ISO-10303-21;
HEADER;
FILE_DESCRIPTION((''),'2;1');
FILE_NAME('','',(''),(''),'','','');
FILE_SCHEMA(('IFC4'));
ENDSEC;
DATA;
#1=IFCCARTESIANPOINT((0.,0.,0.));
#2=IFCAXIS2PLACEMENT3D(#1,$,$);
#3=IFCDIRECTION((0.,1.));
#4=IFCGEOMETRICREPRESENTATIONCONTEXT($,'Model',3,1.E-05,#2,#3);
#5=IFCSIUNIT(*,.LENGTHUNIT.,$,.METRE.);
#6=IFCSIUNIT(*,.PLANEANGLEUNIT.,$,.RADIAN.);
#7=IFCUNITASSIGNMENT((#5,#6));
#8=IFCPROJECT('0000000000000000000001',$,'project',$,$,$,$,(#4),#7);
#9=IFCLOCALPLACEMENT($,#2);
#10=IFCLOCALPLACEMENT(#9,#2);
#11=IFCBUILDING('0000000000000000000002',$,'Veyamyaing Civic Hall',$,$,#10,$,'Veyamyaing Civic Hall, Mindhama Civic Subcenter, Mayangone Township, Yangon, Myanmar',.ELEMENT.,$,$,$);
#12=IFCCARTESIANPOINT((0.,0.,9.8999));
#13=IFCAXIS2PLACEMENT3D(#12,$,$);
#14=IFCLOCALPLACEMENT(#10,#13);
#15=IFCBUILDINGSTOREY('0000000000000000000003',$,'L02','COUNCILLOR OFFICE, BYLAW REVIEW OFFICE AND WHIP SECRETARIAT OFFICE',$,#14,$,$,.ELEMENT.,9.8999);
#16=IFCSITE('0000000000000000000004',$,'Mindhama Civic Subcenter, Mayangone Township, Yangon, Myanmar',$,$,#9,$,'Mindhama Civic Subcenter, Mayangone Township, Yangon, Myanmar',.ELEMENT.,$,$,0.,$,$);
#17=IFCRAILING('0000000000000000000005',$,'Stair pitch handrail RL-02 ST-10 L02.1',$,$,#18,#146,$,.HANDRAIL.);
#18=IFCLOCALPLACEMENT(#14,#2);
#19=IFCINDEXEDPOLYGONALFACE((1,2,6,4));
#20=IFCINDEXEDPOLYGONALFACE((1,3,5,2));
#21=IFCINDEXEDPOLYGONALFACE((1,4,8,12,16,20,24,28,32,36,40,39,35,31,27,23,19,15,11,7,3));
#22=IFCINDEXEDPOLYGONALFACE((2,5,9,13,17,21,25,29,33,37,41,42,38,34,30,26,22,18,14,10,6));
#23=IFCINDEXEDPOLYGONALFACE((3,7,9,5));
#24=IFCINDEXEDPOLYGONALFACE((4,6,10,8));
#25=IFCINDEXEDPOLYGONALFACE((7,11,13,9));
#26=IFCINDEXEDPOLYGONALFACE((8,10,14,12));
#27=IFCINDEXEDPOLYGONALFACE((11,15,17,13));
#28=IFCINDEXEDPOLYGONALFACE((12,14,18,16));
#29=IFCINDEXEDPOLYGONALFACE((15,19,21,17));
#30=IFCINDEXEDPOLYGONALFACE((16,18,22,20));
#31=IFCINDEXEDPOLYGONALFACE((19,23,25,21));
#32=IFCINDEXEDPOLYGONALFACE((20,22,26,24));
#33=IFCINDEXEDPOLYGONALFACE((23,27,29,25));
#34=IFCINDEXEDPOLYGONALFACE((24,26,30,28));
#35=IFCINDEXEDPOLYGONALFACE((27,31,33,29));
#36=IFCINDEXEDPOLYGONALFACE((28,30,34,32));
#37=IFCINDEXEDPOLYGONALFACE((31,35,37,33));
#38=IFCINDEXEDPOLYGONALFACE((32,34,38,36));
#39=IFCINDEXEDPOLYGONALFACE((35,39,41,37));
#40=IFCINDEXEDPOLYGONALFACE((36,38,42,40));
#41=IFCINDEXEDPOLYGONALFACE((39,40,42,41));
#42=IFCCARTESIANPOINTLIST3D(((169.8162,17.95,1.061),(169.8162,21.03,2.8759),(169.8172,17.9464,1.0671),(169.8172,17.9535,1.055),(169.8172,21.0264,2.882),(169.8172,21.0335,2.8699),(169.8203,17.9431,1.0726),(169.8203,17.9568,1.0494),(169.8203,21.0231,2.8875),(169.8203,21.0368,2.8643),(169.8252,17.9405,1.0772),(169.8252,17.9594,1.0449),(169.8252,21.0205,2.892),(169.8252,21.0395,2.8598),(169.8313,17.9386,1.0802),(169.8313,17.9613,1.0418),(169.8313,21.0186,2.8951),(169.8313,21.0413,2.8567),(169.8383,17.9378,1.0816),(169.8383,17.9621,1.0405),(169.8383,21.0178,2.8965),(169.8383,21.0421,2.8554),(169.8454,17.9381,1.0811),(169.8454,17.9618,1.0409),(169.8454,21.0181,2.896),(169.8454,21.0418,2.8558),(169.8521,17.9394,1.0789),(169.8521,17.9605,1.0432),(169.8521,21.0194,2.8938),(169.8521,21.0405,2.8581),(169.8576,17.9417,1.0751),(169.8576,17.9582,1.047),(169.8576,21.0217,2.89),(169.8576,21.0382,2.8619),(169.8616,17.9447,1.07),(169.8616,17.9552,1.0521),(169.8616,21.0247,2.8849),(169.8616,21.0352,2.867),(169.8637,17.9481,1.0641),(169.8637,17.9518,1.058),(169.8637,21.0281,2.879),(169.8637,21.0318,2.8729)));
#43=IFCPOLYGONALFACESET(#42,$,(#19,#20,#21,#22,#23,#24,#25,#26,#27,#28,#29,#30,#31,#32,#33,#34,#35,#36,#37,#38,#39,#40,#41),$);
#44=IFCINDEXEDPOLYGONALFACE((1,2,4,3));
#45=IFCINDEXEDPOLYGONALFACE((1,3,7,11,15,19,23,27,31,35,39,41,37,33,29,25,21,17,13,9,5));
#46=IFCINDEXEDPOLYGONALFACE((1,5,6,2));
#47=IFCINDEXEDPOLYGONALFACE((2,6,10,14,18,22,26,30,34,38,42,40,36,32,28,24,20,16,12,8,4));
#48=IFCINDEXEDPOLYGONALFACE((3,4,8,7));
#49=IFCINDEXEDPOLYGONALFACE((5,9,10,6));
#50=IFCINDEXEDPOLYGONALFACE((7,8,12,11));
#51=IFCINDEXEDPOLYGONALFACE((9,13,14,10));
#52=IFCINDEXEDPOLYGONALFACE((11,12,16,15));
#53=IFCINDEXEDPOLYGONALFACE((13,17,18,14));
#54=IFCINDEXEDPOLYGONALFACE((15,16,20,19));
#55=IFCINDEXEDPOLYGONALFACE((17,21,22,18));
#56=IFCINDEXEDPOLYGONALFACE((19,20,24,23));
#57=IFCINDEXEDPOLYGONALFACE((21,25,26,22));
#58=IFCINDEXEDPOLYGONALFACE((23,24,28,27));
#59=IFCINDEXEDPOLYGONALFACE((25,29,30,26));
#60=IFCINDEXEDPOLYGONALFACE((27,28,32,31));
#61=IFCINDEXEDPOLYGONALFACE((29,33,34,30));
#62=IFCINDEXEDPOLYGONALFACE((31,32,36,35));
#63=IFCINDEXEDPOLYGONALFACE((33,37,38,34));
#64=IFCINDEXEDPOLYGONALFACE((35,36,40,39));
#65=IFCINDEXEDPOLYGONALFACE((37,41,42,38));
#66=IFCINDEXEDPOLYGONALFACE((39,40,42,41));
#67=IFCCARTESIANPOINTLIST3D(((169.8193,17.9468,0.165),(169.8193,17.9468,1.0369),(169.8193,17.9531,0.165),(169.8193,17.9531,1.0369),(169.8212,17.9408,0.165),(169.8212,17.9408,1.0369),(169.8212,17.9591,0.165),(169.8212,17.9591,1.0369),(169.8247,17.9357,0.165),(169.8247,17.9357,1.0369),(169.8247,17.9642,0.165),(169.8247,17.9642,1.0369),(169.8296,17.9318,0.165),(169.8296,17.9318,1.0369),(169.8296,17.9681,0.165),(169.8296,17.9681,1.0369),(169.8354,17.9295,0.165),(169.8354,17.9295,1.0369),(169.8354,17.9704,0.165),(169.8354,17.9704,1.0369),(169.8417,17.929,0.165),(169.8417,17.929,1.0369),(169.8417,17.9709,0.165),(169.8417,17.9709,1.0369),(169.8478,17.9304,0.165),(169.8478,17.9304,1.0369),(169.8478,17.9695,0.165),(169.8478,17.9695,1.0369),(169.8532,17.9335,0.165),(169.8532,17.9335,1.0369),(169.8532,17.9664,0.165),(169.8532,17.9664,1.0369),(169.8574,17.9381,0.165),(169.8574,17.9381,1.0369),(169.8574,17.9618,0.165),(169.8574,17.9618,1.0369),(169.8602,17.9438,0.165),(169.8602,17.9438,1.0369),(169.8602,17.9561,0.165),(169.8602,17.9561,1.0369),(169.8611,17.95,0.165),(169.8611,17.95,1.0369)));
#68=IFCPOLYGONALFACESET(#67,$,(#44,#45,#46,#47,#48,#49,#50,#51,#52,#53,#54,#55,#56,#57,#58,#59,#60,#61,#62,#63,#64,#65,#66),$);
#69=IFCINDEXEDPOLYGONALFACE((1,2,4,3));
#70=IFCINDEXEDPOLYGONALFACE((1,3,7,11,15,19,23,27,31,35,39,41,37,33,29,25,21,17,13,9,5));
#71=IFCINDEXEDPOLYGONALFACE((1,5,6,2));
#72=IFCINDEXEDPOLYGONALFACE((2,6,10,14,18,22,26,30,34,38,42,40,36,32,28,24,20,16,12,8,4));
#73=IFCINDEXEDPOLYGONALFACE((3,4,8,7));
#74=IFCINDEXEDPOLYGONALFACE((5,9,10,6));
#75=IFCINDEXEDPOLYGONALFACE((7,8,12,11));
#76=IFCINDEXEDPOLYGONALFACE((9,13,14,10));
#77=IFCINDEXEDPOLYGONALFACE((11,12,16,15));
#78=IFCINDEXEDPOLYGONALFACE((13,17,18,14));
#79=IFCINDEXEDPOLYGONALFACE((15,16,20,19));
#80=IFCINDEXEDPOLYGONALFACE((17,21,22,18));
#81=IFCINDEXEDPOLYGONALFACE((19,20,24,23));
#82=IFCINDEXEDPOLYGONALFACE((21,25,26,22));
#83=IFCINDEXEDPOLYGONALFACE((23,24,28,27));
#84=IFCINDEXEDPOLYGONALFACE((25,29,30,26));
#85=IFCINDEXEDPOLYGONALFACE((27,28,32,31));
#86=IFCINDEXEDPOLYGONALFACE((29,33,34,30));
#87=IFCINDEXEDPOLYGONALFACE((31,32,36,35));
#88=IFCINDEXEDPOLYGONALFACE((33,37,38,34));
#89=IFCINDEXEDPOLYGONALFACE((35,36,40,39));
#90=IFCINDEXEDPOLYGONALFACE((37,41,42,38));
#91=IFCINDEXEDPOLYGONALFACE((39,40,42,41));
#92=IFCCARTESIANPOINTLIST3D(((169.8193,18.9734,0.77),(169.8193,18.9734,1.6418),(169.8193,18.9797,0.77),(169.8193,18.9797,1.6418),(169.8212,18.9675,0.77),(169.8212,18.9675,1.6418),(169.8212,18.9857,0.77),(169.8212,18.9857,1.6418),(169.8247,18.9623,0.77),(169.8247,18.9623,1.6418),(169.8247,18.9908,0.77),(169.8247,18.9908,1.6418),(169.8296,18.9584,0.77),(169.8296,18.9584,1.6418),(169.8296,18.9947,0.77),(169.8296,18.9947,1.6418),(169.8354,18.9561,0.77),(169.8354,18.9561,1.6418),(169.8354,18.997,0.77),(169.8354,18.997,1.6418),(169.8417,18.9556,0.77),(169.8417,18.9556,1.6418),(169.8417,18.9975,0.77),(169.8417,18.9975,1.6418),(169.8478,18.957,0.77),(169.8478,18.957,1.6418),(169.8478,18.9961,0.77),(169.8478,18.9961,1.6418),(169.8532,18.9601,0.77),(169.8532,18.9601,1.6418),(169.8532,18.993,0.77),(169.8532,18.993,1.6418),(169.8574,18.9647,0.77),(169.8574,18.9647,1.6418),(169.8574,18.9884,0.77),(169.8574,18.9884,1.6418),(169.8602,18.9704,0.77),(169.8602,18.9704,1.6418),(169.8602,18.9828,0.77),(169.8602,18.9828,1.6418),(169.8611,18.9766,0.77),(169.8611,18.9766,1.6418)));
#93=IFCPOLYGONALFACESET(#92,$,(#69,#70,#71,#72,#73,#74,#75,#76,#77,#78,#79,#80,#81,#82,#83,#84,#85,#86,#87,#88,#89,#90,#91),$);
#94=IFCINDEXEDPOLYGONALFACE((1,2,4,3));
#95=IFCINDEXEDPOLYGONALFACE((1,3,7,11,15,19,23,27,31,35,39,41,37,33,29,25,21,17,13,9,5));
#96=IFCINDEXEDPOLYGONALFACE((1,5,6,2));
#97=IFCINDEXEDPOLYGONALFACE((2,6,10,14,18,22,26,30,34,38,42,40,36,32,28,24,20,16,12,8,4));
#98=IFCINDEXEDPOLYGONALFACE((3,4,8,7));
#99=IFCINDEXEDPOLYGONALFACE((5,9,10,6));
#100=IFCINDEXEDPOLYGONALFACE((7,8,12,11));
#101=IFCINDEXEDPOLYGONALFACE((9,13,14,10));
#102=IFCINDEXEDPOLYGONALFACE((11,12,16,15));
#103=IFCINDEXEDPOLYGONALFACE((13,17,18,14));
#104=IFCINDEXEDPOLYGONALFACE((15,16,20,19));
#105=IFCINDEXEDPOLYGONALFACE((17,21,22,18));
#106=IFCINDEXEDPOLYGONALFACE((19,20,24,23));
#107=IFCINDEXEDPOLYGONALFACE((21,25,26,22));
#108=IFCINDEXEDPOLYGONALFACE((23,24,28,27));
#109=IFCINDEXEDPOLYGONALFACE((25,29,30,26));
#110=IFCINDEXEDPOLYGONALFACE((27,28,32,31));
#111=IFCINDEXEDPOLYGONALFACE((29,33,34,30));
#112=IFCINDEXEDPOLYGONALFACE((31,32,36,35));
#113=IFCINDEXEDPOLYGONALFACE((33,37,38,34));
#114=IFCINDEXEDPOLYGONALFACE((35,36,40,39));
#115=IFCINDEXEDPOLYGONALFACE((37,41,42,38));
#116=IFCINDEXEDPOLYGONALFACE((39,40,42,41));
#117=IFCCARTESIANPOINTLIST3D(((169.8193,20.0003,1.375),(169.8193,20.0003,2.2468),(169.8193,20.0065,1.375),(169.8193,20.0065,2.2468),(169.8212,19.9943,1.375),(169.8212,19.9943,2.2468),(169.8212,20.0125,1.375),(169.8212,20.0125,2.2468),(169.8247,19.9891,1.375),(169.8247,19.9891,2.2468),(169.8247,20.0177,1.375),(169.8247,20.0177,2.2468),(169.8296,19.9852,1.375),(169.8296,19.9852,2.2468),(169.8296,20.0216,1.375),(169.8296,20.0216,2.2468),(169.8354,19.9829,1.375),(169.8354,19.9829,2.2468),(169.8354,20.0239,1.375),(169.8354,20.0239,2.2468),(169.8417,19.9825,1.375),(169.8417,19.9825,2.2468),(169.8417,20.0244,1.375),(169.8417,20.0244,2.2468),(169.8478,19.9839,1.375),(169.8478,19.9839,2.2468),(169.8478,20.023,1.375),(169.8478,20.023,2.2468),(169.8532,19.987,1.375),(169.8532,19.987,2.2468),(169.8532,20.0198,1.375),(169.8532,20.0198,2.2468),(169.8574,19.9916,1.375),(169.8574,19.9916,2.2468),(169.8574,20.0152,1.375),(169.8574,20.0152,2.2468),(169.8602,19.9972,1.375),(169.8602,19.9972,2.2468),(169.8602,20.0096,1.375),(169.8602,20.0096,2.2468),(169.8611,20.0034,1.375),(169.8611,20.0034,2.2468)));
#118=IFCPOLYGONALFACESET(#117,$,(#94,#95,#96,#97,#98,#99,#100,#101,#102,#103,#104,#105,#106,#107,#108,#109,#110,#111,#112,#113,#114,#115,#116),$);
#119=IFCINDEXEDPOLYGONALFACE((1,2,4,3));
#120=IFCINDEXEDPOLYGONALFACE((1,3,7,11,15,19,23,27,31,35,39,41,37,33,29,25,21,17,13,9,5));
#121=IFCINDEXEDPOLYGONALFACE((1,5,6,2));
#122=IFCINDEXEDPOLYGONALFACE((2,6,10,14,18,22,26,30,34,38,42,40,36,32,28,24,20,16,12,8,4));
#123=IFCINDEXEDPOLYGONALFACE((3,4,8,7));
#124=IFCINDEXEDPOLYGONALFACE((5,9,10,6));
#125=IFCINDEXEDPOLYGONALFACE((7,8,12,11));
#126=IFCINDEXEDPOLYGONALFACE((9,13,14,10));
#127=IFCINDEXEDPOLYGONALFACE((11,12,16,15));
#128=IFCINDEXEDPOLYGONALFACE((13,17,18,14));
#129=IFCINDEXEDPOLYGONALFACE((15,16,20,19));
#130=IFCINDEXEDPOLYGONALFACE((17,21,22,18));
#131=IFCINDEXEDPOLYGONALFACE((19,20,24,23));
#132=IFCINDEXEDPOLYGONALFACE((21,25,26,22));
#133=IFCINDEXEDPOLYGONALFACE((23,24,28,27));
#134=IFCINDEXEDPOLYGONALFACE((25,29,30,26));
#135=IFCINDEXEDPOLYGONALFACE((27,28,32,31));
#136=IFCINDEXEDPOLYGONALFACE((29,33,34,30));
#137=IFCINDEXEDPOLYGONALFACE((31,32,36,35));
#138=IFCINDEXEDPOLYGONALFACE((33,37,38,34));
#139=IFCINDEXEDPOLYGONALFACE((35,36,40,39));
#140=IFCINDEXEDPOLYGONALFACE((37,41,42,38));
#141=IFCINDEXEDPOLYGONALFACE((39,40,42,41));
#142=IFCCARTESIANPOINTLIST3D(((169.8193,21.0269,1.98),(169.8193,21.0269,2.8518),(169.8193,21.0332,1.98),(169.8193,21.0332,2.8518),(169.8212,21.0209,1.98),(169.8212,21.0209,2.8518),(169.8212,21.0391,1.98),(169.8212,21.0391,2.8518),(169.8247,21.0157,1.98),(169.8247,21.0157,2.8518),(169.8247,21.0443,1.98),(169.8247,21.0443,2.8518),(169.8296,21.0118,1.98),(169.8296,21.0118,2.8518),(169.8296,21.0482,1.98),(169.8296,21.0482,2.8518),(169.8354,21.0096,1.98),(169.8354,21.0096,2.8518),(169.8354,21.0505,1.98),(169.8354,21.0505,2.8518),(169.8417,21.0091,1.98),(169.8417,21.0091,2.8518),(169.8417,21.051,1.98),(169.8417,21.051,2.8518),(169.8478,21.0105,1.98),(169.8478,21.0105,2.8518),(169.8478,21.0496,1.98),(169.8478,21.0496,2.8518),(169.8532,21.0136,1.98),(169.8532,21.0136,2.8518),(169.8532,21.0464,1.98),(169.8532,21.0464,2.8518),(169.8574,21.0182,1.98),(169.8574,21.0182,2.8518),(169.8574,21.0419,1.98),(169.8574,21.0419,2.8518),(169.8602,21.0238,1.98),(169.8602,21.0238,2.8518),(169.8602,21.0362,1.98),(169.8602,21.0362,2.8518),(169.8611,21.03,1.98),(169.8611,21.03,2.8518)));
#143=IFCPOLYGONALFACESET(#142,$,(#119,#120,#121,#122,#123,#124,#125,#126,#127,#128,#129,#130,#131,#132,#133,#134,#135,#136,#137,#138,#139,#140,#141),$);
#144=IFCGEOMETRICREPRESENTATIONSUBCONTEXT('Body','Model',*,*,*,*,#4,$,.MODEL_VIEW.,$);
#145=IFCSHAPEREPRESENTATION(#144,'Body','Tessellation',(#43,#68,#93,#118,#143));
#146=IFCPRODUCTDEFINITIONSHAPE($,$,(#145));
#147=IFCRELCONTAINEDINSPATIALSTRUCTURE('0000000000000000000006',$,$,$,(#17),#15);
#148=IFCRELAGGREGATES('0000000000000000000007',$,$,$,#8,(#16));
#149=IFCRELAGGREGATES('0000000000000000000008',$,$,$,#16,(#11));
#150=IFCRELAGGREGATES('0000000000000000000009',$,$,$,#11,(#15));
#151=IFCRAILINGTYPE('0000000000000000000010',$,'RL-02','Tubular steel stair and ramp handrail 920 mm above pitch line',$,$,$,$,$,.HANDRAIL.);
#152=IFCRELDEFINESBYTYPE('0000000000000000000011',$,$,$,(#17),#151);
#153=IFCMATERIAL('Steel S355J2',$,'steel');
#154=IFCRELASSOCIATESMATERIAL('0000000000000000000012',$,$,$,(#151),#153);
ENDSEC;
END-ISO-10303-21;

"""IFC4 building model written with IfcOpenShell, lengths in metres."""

from ifc_helpers import new_model, si_unit, direction, frame, origin, origin_2d, place, context, subcontext, project, spatial, circle, extrude, material, type_object, element, save


model = new_model("IFC4")

# Units and contexts
model_context = context("Model", 3, precision=1e-05, world=origin(), true_north=direction((0.0, 1.0)))
body_context = subcontext(model_context, "Body", "Model", "MODEL_VIEW")
ifc_project = project(units=[si_unit("LENGTHUNIT", "METRE"), si_unit("PLANEANGLEUNIT", "RADIAN")], contexts=[model_context])

# Site, building, storey
site_placement = place(None, origin())
site = spatial("IfcSite", under=ifc_project, at=site_placement, Name="Mindhama Civic Subcenter, Mayangone Township, Yangon, Myanmar", LongName="Mindhama Civic Subcenter, Mayangone Township, Yangon, Myanmar", CompositionType="ELEMENT", RefElevation=0.0)
building_placement = place(site_placement, origin())
building = spatial("IfcBuilding", under=site, at=building_placement, Name="Veyamyaing Civic Hall", LongName="Veyamyaing Civic Hall, Mindhama Civic Subcenter, Mayangone Township, Yangon, Myanmar", CompositionType="ELEMENT")
storey_placement = place(building_placement, frame((0.0, 0.0, 9.8999)))
storey = spatial("IfcBuildingStorey", under=building, at=storey_placement, Name="L02", Description="COUNCILLOR OFFICE, BYLAW REVIEW OFFICE AND WHIP SECRETARIAT OFFICE", CompositionType="ELEMENT", Elevation=9.8999)

# Railing
ifc_material_1 = material(Name="Steel S355J2", Category="steel")
railing_type_1 = type_object("IfcRailingType", Name="RL-02", Description="Tubular steel stair and ramp handrail 920 mm above pitch line", PredefinedType="HANDRAIL", material=ifc_material_1)
railing_1_placement = place(storey_placement, frame((169.8401, 17.95, 0.165)))
element("IfcRailing", 1, at=railing_1_placement, inside=storey, type_object=railing_type_1, Name="Stair pitch handrail RL-02 ST-10 L02.1", PredefinedType="HANDRAIL", context=body_context, shape_type="SweptSolid", body=[
    extrude(circle(Radius=0.0239, at=origin_2d()), frame((0.0, 0.0, 0.896), z_axis=(0.0, 0.861551, 0.507671), x_axis=(-1.0, 0.0, 0.0)), (0.0, 0.0, 1.0), 3.575),
    extrude(circle(Radius=0.021, at=origin_2d()), origin(), (0.0, 0.0, 1.0), 0.8718),
    extrude(circle(Radius=0.021, at=origin_2d()), frame((0.0, 1.0266, 0.605)), (0.0, 0.0, 1.0), 0.8718),
    extrude(circle(Radius=0.021, at=origin_2d()), frame((0.0, 2.0535, 1.21)), (0.0, 0.0, 1.0), 0.8718),
    extrude(circle(Radius=0.021, at=origin_2d()), frame((0.0, 3.0801, 1.8149)), (0.0, 0.0, 1.0), 0.8718),
])

save(model, "model.ifc")
